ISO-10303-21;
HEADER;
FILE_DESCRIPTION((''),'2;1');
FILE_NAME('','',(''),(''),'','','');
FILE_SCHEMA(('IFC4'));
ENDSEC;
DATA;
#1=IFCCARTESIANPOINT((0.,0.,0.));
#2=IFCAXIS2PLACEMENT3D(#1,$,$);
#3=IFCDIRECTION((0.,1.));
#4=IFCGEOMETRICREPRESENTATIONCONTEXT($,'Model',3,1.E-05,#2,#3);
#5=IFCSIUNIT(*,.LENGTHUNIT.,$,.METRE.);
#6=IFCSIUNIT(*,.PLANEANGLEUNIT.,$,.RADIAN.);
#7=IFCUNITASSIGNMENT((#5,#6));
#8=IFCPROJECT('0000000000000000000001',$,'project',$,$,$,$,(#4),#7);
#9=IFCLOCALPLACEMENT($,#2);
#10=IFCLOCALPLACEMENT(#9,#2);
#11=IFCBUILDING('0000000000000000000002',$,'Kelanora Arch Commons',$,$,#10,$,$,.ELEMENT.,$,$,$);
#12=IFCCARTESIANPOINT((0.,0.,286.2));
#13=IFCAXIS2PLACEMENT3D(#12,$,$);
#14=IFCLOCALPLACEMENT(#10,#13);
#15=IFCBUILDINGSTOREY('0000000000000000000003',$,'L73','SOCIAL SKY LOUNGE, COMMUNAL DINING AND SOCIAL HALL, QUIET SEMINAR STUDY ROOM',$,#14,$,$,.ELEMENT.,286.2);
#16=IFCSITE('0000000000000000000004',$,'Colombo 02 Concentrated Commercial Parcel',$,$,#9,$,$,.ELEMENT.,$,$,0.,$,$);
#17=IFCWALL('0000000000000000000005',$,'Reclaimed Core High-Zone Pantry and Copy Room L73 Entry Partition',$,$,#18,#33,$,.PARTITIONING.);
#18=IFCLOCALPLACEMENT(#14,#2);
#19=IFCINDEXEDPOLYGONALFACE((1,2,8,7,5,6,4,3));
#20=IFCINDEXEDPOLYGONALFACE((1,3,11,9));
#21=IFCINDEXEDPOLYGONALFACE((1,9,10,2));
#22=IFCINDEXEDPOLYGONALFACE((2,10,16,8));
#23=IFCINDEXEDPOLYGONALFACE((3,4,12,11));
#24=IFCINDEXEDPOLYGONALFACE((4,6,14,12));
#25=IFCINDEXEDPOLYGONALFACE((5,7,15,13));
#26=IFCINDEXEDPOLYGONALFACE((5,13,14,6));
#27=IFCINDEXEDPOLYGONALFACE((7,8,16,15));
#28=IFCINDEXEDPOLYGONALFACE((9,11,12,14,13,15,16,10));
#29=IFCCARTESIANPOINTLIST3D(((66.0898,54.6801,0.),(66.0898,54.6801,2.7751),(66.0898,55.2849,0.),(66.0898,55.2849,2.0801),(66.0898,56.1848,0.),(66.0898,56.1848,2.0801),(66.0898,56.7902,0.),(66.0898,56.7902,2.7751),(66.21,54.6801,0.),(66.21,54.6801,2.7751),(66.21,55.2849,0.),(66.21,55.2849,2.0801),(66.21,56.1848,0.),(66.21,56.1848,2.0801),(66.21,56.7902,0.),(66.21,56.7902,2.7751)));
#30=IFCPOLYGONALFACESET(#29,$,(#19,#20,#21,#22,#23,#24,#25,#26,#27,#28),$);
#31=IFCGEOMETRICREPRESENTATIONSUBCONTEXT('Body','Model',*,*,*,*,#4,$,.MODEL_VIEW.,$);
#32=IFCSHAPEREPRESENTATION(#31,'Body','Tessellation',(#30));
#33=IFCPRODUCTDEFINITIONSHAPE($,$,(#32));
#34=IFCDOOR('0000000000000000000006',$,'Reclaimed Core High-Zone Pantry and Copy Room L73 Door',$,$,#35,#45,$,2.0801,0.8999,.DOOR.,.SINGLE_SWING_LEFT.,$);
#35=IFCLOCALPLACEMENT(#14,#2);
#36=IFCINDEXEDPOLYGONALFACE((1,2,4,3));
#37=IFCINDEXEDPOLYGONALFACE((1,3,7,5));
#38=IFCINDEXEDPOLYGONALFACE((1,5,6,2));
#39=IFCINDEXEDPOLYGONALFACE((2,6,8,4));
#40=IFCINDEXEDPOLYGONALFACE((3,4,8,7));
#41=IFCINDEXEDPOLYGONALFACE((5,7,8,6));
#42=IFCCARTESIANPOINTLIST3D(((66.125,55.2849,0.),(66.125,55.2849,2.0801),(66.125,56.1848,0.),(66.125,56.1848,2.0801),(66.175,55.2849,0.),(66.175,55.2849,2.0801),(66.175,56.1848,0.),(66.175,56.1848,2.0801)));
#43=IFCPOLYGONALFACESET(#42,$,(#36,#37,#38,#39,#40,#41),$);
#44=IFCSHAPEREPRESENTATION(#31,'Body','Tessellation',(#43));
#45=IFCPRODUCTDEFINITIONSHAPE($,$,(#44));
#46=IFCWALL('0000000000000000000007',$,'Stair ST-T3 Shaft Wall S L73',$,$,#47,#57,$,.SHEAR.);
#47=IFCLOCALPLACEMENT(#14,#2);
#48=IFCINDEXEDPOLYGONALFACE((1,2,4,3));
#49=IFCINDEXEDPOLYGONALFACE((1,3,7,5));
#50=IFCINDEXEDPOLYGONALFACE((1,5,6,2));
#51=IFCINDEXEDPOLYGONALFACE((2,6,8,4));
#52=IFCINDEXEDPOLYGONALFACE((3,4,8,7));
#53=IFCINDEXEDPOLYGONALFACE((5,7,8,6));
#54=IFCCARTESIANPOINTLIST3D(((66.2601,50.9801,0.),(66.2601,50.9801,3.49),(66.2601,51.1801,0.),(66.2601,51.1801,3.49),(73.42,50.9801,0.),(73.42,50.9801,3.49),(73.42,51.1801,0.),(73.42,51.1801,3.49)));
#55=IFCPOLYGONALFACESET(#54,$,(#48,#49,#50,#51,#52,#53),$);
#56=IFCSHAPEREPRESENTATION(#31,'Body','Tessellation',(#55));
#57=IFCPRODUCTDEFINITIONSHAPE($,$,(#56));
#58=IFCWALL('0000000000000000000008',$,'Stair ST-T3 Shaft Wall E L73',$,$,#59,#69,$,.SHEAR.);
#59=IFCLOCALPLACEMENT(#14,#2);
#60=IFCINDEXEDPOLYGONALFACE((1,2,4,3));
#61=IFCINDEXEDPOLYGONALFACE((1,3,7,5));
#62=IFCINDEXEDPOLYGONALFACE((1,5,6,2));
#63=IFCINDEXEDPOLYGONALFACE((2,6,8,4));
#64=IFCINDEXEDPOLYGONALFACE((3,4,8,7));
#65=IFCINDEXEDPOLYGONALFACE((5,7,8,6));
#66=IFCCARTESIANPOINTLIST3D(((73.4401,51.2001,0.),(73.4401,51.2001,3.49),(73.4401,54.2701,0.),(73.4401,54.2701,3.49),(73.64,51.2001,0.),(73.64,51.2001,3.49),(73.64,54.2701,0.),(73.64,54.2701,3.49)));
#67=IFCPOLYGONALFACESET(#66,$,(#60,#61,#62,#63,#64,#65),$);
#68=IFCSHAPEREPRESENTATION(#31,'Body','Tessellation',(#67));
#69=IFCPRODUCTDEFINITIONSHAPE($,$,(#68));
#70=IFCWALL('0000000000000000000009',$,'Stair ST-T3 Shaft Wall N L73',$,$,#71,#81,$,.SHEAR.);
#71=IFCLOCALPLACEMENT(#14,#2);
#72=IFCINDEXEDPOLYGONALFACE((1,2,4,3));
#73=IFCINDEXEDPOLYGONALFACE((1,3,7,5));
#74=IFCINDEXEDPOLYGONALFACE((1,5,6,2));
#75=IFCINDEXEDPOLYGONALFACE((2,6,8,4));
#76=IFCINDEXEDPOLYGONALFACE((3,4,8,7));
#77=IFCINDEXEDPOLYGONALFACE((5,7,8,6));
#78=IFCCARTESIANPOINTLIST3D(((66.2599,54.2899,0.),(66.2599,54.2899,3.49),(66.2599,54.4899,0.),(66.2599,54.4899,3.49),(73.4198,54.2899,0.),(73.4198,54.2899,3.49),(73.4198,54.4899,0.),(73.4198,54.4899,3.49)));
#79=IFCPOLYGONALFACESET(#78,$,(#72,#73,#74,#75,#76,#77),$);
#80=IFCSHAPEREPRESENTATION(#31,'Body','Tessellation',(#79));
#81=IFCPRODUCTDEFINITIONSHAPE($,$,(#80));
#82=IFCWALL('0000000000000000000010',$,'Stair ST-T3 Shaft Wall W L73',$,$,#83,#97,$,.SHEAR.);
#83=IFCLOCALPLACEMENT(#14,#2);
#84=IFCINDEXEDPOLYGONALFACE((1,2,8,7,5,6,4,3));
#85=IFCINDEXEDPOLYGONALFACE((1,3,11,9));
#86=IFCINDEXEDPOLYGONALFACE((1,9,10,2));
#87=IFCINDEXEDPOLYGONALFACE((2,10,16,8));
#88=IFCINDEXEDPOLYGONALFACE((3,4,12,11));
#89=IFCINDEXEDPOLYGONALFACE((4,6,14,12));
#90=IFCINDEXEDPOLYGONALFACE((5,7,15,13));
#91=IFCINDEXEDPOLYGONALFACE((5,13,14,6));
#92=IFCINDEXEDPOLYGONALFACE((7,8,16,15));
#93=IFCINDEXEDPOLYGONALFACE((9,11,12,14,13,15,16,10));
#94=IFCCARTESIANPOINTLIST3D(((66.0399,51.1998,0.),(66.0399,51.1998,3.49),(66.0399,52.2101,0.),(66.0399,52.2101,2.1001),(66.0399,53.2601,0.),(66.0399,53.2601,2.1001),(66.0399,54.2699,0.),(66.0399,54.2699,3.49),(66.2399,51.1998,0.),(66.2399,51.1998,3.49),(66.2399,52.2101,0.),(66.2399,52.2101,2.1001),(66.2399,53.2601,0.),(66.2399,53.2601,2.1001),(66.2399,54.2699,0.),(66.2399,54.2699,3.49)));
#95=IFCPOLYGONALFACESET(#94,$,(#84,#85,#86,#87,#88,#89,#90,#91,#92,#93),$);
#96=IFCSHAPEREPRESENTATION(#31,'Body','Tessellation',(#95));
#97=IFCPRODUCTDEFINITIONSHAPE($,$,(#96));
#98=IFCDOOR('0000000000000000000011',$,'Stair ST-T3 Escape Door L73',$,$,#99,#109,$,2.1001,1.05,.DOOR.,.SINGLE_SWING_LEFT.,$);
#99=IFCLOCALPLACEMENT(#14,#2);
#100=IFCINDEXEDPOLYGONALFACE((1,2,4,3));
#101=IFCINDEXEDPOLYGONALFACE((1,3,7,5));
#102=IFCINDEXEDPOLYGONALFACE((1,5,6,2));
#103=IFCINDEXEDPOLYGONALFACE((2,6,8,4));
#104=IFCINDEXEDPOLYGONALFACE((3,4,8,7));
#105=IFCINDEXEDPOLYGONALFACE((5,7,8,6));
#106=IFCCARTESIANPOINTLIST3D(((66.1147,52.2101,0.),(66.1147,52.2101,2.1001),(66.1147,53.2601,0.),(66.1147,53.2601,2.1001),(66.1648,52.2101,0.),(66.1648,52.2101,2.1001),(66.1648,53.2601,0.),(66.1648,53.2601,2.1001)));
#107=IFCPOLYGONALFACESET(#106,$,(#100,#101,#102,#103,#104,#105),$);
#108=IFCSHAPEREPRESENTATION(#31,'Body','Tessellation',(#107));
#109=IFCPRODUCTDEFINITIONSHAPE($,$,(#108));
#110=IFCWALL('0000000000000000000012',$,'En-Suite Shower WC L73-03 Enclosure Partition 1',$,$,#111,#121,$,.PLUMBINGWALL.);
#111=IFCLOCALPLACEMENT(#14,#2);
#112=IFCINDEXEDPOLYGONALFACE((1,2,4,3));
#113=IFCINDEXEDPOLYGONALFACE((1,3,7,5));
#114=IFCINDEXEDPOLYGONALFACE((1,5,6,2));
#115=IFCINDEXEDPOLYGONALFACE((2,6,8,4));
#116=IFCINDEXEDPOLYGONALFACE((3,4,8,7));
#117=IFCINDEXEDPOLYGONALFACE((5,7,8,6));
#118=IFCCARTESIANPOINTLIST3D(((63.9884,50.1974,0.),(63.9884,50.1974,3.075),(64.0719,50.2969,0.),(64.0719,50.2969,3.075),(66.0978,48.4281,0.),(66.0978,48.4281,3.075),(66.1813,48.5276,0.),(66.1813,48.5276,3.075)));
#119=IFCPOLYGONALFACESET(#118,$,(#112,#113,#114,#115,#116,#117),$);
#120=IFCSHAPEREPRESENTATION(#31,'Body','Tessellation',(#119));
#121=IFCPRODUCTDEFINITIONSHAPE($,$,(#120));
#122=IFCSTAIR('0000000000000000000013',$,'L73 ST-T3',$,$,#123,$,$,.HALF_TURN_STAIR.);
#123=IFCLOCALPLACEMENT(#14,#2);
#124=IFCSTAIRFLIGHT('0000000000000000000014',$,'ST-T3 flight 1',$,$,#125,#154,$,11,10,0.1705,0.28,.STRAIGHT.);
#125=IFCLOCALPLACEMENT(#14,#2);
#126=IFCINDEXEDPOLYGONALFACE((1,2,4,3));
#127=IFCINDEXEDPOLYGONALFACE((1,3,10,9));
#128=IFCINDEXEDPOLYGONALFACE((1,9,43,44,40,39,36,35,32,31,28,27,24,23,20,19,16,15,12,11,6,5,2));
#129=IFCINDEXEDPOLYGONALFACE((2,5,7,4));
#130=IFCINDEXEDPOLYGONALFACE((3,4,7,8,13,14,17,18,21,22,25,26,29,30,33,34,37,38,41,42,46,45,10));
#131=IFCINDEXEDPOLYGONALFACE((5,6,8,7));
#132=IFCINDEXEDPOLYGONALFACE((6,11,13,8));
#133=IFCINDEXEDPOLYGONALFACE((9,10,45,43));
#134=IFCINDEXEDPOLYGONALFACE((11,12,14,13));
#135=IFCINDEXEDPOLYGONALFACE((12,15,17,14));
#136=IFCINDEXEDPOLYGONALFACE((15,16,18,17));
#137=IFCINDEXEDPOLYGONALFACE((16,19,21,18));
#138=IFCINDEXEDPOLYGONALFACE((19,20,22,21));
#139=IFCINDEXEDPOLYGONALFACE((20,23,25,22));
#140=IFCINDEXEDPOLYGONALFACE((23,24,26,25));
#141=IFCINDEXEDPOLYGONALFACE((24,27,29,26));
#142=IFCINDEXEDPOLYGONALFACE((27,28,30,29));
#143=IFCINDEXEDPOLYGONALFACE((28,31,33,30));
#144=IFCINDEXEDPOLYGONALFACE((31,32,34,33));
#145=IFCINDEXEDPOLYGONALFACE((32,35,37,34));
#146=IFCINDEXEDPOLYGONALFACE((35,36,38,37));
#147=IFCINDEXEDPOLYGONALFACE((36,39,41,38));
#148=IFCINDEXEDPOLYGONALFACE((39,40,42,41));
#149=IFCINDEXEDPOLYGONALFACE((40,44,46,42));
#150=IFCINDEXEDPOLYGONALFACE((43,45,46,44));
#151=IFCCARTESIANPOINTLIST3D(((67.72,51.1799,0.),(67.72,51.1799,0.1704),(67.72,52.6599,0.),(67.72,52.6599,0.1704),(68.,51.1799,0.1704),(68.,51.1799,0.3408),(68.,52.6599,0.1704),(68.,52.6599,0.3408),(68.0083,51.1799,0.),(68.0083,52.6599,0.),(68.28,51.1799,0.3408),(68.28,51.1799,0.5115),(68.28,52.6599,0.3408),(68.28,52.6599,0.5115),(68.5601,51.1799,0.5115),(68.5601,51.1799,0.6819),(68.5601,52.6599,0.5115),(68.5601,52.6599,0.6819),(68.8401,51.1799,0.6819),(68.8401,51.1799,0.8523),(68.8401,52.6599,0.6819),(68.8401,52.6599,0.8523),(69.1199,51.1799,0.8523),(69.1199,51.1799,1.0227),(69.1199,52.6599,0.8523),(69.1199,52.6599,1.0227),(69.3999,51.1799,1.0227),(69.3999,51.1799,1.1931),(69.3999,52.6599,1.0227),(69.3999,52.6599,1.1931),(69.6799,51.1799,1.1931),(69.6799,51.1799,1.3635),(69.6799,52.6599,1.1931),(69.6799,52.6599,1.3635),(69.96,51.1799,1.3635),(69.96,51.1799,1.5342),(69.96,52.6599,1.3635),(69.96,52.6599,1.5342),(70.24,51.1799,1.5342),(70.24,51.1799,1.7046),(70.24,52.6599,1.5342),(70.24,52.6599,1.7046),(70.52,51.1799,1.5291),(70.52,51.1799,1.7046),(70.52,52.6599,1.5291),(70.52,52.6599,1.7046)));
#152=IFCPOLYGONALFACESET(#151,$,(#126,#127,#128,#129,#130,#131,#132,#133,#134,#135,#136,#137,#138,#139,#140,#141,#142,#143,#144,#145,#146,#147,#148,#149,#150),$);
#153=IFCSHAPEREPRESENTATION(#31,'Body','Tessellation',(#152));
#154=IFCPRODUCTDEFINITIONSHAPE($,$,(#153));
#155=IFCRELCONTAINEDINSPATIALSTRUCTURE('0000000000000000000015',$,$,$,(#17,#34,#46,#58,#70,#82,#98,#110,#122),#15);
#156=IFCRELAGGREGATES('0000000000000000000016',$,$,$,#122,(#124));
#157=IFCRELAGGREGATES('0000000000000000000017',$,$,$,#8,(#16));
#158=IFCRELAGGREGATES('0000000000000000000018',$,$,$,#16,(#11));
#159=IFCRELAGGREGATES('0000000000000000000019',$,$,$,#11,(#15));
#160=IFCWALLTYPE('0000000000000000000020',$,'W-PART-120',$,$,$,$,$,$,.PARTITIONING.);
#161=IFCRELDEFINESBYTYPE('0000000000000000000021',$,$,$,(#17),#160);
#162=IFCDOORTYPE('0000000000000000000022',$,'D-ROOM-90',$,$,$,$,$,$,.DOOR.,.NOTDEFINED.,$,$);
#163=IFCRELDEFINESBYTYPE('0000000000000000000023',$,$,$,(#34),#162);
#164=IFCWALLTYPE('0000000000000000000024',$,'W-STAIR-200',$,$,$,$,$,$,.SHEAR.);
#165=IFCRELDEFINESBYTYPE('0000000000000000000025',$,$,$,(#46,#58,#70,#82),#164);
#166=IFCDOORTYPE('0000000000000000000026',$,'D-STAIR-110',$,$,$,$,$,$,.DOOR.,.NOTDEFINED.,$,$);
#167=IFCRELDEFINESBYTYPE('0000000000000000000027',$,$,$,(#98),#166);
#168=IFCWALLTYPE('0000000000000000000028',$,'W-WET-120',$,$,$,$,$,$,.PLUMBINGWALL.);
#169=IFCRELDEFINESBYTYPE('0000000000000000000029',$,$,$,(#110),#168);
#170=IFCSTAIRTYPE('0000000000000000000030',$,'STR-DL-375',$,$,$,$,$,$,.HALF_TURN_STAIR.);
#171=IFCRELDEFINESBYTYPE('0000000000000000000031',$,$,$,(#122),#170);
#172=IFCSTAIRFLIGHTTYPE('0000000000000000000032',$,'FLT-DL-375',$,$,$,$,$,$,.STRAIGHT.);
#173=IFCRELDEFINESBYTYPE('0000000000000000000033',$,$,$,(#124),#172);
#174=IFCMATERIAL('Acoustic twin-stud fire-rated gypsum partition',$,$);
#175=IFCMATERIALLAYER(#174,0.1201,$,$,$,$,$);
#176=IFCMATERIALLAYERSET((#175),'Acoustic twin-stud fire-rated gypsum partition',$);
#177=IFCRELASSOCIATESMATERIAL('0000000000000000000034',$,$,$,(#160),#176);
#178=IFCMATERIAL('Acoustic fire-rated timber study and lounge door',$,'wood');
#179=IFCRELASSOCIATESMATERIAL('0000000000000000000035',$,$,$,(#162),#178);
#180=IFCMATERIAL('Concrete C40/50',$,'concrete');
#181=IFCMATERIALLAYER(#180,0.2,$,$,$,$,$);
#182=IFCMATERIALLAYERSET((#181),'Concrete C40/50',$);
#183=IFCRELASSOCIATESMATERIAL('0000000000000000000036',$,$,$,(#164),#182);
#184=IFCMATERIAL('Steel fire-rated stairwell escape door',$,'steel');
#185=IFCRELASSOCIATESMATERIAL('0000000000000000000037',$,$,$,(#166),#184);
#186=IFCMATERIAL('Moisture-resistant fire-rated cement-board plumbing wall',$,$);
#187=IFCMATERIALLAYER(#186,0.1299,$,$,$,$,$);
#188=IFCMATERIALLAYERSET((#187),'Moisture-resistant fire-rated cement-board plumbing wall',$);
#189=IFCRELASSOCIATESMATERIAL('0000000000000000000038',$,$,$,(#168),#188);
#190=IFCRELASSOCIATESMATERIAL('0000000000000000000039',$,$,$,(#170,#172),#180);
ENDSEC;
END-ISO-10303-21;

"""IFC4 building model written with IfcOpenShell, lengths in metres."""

from ifc_helpers import new_model, si_unit, direction, frame, frame_2d, origin, place, context, subcontext, project, spatial, polyline, rectangle, outline, extrude, material, layer, layer_set, type_object, element, fill, aggregate, save


model = new_model("IFC4")

# Units and contexts
model_context = context("Model", 3, precision=1e-05, world=origin(), true_north=direction((0.0, 1.0)))
body_context = subcontext(model_context, "Body", "Model", "MODEL_VIEW")
ifc_project = project(units=[si_unit("LENGTHUNIT", "METRE"), si_unit("PLANEANGLEUNIT", "RADIAN")], contexts=[model_context])

# Site, building, storey
site_placement = place(None, origin())
site = spatial("IfcSite", under=ifc_project, at=site_placement, Name="Colombo 02 Concentrated Commercial Parcel", CompositionType="ELEMENT", RefElevation=0.0)
building_placement = place(site_placement, origin())
building = spatial("IfcBuilding", under=site, at=building_placement, Name="Kelanora Arch Commons", CompositionType="ELEMENT")
storey_placement = place(building_placement, frame((0.0, 0.0, 286.2)))
storey = spatial("IfcBuildingStorey", under=building, at=storey_placement, Name="L73", Description="SOCIAL SKY LOUNGE, COMMUNAL DINING AND SOCIAL HALL, QUIET SEMINAR STUDY ROOM", CompositionType="ELEMENT", Elevation=286.2)

# Shared definitions
ifc_material_1 = material(Name="Concrete C40/50", Category="concrete")

# Wall, opening, door
ifc_material_2 = material(Name="Acoustic twin-stud fire-rated gypsum partition")
ifc_layer_1 = layer(ifc_material_2, 0.1201)
ifc_layer_set_1 = layer_set([ifc_layer_1], Name="Acoustic twin-stud fire-rated gypsum partition")
wall_type_1 = type_object("IfcWallType", Name="W-PART-120", PredefinedType="PARTITIONING", material=ifc_layer_set_1)
wall_1_placement = place(storey_placement, frame((66.1499, 54.6799, 0.0), z_axis=(0.0, 0.0, 1.0), x_axis=(0.0, 1.0, 0.0)))
wall_1 = element("IfcWall", 1, at=wall_1_placement, inside=storey, type_object=wall_type_1, Name="Reclaimed Core High-Zone Pantry and Copy Room L73 Entry Partition", PredefinedType="PARTITIONING", context=body_context, shape_type="SweptSolid", body=[
    extrude(rectangle(XDim=2.1101, YDim=0.1201, at=frame_2d((1.0552, 0.0))), origin(), (0.0, 0.0, 1.0), 2.7751),
])
opening_1_placement = place(wall_1_placement, frame((0.605, 0.0, 0.0)))
opening_1 = element("IfcOpeningElement", 2, at=opening_1_placement, cuts=wall_1, PredefinedType="OPENING", context=body_context, shape_type="SweptSolid", body=[
    extrude(rectangle(XDim=0.8999, YDim=2.0801, at=frame_2d((0.45, 1.04))), frame((0.0, 0.0701, 0.0), z_axis=(0.0, -1.0, 0.0), x_axis=(1.0, 0.0, 0.0)), (0.0, 0.0, 1.0), 0.1401),
])
ifc_material_3 = material(Name="Acoustic fire-rated timber study and lounge door", Category="wood")
door_type_1 = type_object("IfcDoorType", Name="D-ROOM-90", OperationType="NOTDEFINED", PredefinedType="DOOR", material=ifc_material_3)
door_1_placement = place(opening_1_placement, origin())
door_1 = element("IfcDoor", 3, at=door_1_placement, inside=storey, type_object=door_type_1, Name="Reclaimed Core High-Zone Pantry and Copy Room L73 Door", OperationType="SINGLE_SWING_LEFT", OverallHeight=2.0801, OverallWidth=0.8999, PredefinedType="DOOR", context=body_context, shape_type="SweptSolid", body=[
    extrude(rectangle(XDim=0.8999, YDim=2.0801, at=frame_2d((0.45, 1.04))), frame((0.0, 0.0249, 0.0), z_axis=(0.0, -1.0, 0.0), x_axis=(1.0, 0.0, 0.0)), (0.0, 0.0, 1.0), 0.05),
])
fill(opening_1, door_1)

# Walls
ifc_layer_2 = layer(ifc_material_1, 0.2)
ifc_layer_set_2 = layer_set([ifc_layer_2], Name="Concrete C40/50")
wall_type_2 = type_object("IfcWallType", Name="W-STAIR-200", PredefinedType="SHEAR", material=ifc_layer_set_2)
wall_2_placement = place(storey_placement, frame((66.26, 51.0801, 0.0), z_axis=(0.0, 0.0, 1.0), x_axis=(1.0, 0.0, 0.0)))
element("IfcWall", 4, at=wall_2_placement, inside=storey, type_object=wall_type_2, Name="Stair ST-T3 Shaft Wall S L73", PredefinedType="SHEAR", context=body_context, shape_type="SweptSolid", body=[
    extrude(rectangle(XDim=7.1599, YDim=0.2, at=frame_2d((3.5801, 0.0))), origin(), (0.0, 0.0, 1.0), 3.49),
])
wall_3_placement = place(storey_placement, frame((73.54, 51.2, 0.0), z_axis=(0.0, 0.0, 1.0), x_axis=(0.0, 1.0, 0.0)))
element("IfcWall", 5, at=wall_3_placement, inside=storey, type_object=wall_type_2, Name="Stair ST-T3 Shaft Wall E L73", PredefinedType="SHEAR", context=body_context, shape_type="SweptSolid", body=[
    extrude(rectangle(XDim=3.0701, YDim=0.2, at=frame_2d((1.5352, 0.0))), origin(), (0.0, 0.0, 1.0), 3.49),
])
wall_4_placement = place(storey_placement, frame((73.4199, 54.3899, 0.0), z_axis=(0.0, 0.0, 1.0), x_axis=(-1.0, 0.0, 0.0)))
element("IfcWall", 6, at=wall_4_placement, inside=storey, type_object=wall_type_2, Name="Stair ST-T3 Shaft Wall N L73", PredefinedType="SHEAR", context=body_context, shape_type="SweptSolid", body=[
    extrude(rectangle(XDim=7.1599, YDim=0.2, at=frame_2d((3.5801, 0.0))), origin(), (0.0, 0.0, 1.0), 3.49),
])

# Wall, opening, door
wall_5_placement = place(storey_placement, frame((66.1399, 54.27, 0.0), z_axis=(0.0, 0.0, 1.0), x_axis=(0.0, -1.0, 0.0)))
wall_5 = element("IfcWall", 7, at=wall_5_placement, inside=storey, type_object=wall_type_2, Name="Stair ST-T3 Shaft Wall W L73", PredefinedType="SHEAR", context=body_context, shape_type="SweptSolid", body=[
    extrude(rectangle(XDim=3.0701, YDim=0.2, at=frame_2d((1.5352, 0.0))), origin(), (0.0, 0.0, 1.0), 3.49),
])
opening_2_placement = place(wall_5_placement, frame((1.01, 0.0, 0.0)))
opening_2 = element("IfcOpeningElement", 8, at=opening_2_placement, cuts=wall_5, PredefinedType="OPENING", context=body_context, shape_type="SweptSolid", body=[
    extrude(rectangle(XDim=1.05, YDim=2.1001, at=frame_2d((0.5249, 1.05))), frame((0.0, 0.1099, 0.0), z_axis=(0.0, -1.0, 0.0), x_axis=(1.0, 0.0, 0.0)), (0.0, 0.0, 1.0), 0.22),
])
ifc_material_4 = material(Name="Steel fire-rated stairwell escape door", Category="steel")
door_type_2 = type_object("IfcDoorType", Name="D-STAIR-110", OperationType="NOTDEFINED", PredefinedType="DOOR", material=ifc_material_4)
door_2_placement = place(opening_2_placement, origin())
door_2 = element("IfcDoor", 9, at=door_2_placement, inside=storey, type_object=door_type_2, Name="Stair ST-T3 Escape Door L73", OperationType="SINGLE_SWING_LEFT", OverallHeight=2.1001, OverallWidth=1.05, PredefinedType="DOOR", context=body_context, shape_type="SweptSolid", body=[
    extrude(rectangle(XDim=1.05, YDim=2.1001, at=frame_2d((0.5249, 1.05))), frame((0.0, 0.0249, 0.0), z_axis=(0.0, -1.0, 0.0), x_axis=(1.0, 0.0, 0.0)), (0.0, 0.0, 1.0), 0.05),
])
fill(opening_2, door_2)

# Wall
ifc_material_5 = material(Name="Moisture-resistant fire-rated cement-board plumbing wall")
ifc_layer_3 = layer(ifc_material_5, 0.1299)
ifc_layer_set_3 = layer_set([ifc_layer_3], Name="Moisture-resistant fire-rated cement-board plumbing wall")
wall_type_3 = type_object("IfcWallType", Name="W-WET-120", PredefinedType="PLUMBINGWALL", material=ifc_layer_set_3)
wall_6_placement = place(storey_placement, frame((64.0303, 50.2471, 0.0), z_axis=(0.0, 0.0, 1.0), x_axis=(0.766168, -0.642641, 0.0)))
element("IfcWall", 10, at=wall_6_placement, inside=storey, type_object=wall_type_3, Name="En-Suite Shower WC L73-03 Enclosure Partition 1", PredefinedType="PLUMBINGWALL", context=body_context, shape_type="SweptSolid", body=[
    extrude(rectangle(XDim=2.7532, YDim=0.1299, at=frame_2d((1.3765, 0.0))), origin(), (0.0, 0.0, 1.0), 3.075),
])

# Stair, stair flight
stair_type = type_object("IfcStairType", Name="STR-DL-375", PredefinedType="HALF_TURN_STAIR", material=ifc_material_1)
stair_placement = place(storey_placement, origin())
stair = element("IfcStair", 11, at=stair_placement, inside=storey, type_object=stair_type, Name="L73 ST-T3", PredefinedType="HALF_TURN_STAIR")
stair_flight_type = type_object("IfcStairFlightType", Name="FLT-DL-375", PredefinedType="STRAIGHT", material=ifc_material_1)
stair_flight_1_placement = place(storey_placement, frame((67.72, 51.9199, 0.0), z_axis=(0.0, 0.0, 1.0), x_axis=(1.0, 0.0, 0.0)))
stair_flight_1 = element("IfcStairFlight", 12, at=stair_flight_1_placement, type_object=stair_flight_type, Name="ST-T3 flight 1", NumberOfRisers=11, NumberOfTreads=10, PredefinedType="STRAIGHT", RiserHeight=0.1705, TreadLength=0.28, context=body_context, shape_type="SweptSolid", body=[
    extrude(outline(polyline([(0.0, 0.0), (0.0, 0.1704), (0.28, 0.1704), (0.28, 0.3408), (0.5601, 0.3408), (0.5601, 0.5115), (0.8401, 0.5115), (0.8401, 0.6819), (1.1201, 0.6819), (1.1201, 0.8523), (1.3999, 0.8523), (1.3999, 1.0227), (1.6799, 1.0227), (1.6799, 1.1931), (1.96, 1.1931), (1.96, 1.3635), (2.24, 1.3635), (2.24, 1.5342), (2.52, 1.5342), (2.52, 1.7046), (2.8, 1.7046), (2.8, 1.875), (2.8, 1.5291), (0.2883, 0.0), (0.0, 0.0)])), frame((0.0, 0.74, 0.0), z_axis=(0.0, -1.0, 0.0), x_axis=(1.0, 0.0, 0.0)), (0.0, 0.0, 1.0), 1.48),
])
aggregate(stair, [stair_flight_1])

save(model, "model.ifc")
